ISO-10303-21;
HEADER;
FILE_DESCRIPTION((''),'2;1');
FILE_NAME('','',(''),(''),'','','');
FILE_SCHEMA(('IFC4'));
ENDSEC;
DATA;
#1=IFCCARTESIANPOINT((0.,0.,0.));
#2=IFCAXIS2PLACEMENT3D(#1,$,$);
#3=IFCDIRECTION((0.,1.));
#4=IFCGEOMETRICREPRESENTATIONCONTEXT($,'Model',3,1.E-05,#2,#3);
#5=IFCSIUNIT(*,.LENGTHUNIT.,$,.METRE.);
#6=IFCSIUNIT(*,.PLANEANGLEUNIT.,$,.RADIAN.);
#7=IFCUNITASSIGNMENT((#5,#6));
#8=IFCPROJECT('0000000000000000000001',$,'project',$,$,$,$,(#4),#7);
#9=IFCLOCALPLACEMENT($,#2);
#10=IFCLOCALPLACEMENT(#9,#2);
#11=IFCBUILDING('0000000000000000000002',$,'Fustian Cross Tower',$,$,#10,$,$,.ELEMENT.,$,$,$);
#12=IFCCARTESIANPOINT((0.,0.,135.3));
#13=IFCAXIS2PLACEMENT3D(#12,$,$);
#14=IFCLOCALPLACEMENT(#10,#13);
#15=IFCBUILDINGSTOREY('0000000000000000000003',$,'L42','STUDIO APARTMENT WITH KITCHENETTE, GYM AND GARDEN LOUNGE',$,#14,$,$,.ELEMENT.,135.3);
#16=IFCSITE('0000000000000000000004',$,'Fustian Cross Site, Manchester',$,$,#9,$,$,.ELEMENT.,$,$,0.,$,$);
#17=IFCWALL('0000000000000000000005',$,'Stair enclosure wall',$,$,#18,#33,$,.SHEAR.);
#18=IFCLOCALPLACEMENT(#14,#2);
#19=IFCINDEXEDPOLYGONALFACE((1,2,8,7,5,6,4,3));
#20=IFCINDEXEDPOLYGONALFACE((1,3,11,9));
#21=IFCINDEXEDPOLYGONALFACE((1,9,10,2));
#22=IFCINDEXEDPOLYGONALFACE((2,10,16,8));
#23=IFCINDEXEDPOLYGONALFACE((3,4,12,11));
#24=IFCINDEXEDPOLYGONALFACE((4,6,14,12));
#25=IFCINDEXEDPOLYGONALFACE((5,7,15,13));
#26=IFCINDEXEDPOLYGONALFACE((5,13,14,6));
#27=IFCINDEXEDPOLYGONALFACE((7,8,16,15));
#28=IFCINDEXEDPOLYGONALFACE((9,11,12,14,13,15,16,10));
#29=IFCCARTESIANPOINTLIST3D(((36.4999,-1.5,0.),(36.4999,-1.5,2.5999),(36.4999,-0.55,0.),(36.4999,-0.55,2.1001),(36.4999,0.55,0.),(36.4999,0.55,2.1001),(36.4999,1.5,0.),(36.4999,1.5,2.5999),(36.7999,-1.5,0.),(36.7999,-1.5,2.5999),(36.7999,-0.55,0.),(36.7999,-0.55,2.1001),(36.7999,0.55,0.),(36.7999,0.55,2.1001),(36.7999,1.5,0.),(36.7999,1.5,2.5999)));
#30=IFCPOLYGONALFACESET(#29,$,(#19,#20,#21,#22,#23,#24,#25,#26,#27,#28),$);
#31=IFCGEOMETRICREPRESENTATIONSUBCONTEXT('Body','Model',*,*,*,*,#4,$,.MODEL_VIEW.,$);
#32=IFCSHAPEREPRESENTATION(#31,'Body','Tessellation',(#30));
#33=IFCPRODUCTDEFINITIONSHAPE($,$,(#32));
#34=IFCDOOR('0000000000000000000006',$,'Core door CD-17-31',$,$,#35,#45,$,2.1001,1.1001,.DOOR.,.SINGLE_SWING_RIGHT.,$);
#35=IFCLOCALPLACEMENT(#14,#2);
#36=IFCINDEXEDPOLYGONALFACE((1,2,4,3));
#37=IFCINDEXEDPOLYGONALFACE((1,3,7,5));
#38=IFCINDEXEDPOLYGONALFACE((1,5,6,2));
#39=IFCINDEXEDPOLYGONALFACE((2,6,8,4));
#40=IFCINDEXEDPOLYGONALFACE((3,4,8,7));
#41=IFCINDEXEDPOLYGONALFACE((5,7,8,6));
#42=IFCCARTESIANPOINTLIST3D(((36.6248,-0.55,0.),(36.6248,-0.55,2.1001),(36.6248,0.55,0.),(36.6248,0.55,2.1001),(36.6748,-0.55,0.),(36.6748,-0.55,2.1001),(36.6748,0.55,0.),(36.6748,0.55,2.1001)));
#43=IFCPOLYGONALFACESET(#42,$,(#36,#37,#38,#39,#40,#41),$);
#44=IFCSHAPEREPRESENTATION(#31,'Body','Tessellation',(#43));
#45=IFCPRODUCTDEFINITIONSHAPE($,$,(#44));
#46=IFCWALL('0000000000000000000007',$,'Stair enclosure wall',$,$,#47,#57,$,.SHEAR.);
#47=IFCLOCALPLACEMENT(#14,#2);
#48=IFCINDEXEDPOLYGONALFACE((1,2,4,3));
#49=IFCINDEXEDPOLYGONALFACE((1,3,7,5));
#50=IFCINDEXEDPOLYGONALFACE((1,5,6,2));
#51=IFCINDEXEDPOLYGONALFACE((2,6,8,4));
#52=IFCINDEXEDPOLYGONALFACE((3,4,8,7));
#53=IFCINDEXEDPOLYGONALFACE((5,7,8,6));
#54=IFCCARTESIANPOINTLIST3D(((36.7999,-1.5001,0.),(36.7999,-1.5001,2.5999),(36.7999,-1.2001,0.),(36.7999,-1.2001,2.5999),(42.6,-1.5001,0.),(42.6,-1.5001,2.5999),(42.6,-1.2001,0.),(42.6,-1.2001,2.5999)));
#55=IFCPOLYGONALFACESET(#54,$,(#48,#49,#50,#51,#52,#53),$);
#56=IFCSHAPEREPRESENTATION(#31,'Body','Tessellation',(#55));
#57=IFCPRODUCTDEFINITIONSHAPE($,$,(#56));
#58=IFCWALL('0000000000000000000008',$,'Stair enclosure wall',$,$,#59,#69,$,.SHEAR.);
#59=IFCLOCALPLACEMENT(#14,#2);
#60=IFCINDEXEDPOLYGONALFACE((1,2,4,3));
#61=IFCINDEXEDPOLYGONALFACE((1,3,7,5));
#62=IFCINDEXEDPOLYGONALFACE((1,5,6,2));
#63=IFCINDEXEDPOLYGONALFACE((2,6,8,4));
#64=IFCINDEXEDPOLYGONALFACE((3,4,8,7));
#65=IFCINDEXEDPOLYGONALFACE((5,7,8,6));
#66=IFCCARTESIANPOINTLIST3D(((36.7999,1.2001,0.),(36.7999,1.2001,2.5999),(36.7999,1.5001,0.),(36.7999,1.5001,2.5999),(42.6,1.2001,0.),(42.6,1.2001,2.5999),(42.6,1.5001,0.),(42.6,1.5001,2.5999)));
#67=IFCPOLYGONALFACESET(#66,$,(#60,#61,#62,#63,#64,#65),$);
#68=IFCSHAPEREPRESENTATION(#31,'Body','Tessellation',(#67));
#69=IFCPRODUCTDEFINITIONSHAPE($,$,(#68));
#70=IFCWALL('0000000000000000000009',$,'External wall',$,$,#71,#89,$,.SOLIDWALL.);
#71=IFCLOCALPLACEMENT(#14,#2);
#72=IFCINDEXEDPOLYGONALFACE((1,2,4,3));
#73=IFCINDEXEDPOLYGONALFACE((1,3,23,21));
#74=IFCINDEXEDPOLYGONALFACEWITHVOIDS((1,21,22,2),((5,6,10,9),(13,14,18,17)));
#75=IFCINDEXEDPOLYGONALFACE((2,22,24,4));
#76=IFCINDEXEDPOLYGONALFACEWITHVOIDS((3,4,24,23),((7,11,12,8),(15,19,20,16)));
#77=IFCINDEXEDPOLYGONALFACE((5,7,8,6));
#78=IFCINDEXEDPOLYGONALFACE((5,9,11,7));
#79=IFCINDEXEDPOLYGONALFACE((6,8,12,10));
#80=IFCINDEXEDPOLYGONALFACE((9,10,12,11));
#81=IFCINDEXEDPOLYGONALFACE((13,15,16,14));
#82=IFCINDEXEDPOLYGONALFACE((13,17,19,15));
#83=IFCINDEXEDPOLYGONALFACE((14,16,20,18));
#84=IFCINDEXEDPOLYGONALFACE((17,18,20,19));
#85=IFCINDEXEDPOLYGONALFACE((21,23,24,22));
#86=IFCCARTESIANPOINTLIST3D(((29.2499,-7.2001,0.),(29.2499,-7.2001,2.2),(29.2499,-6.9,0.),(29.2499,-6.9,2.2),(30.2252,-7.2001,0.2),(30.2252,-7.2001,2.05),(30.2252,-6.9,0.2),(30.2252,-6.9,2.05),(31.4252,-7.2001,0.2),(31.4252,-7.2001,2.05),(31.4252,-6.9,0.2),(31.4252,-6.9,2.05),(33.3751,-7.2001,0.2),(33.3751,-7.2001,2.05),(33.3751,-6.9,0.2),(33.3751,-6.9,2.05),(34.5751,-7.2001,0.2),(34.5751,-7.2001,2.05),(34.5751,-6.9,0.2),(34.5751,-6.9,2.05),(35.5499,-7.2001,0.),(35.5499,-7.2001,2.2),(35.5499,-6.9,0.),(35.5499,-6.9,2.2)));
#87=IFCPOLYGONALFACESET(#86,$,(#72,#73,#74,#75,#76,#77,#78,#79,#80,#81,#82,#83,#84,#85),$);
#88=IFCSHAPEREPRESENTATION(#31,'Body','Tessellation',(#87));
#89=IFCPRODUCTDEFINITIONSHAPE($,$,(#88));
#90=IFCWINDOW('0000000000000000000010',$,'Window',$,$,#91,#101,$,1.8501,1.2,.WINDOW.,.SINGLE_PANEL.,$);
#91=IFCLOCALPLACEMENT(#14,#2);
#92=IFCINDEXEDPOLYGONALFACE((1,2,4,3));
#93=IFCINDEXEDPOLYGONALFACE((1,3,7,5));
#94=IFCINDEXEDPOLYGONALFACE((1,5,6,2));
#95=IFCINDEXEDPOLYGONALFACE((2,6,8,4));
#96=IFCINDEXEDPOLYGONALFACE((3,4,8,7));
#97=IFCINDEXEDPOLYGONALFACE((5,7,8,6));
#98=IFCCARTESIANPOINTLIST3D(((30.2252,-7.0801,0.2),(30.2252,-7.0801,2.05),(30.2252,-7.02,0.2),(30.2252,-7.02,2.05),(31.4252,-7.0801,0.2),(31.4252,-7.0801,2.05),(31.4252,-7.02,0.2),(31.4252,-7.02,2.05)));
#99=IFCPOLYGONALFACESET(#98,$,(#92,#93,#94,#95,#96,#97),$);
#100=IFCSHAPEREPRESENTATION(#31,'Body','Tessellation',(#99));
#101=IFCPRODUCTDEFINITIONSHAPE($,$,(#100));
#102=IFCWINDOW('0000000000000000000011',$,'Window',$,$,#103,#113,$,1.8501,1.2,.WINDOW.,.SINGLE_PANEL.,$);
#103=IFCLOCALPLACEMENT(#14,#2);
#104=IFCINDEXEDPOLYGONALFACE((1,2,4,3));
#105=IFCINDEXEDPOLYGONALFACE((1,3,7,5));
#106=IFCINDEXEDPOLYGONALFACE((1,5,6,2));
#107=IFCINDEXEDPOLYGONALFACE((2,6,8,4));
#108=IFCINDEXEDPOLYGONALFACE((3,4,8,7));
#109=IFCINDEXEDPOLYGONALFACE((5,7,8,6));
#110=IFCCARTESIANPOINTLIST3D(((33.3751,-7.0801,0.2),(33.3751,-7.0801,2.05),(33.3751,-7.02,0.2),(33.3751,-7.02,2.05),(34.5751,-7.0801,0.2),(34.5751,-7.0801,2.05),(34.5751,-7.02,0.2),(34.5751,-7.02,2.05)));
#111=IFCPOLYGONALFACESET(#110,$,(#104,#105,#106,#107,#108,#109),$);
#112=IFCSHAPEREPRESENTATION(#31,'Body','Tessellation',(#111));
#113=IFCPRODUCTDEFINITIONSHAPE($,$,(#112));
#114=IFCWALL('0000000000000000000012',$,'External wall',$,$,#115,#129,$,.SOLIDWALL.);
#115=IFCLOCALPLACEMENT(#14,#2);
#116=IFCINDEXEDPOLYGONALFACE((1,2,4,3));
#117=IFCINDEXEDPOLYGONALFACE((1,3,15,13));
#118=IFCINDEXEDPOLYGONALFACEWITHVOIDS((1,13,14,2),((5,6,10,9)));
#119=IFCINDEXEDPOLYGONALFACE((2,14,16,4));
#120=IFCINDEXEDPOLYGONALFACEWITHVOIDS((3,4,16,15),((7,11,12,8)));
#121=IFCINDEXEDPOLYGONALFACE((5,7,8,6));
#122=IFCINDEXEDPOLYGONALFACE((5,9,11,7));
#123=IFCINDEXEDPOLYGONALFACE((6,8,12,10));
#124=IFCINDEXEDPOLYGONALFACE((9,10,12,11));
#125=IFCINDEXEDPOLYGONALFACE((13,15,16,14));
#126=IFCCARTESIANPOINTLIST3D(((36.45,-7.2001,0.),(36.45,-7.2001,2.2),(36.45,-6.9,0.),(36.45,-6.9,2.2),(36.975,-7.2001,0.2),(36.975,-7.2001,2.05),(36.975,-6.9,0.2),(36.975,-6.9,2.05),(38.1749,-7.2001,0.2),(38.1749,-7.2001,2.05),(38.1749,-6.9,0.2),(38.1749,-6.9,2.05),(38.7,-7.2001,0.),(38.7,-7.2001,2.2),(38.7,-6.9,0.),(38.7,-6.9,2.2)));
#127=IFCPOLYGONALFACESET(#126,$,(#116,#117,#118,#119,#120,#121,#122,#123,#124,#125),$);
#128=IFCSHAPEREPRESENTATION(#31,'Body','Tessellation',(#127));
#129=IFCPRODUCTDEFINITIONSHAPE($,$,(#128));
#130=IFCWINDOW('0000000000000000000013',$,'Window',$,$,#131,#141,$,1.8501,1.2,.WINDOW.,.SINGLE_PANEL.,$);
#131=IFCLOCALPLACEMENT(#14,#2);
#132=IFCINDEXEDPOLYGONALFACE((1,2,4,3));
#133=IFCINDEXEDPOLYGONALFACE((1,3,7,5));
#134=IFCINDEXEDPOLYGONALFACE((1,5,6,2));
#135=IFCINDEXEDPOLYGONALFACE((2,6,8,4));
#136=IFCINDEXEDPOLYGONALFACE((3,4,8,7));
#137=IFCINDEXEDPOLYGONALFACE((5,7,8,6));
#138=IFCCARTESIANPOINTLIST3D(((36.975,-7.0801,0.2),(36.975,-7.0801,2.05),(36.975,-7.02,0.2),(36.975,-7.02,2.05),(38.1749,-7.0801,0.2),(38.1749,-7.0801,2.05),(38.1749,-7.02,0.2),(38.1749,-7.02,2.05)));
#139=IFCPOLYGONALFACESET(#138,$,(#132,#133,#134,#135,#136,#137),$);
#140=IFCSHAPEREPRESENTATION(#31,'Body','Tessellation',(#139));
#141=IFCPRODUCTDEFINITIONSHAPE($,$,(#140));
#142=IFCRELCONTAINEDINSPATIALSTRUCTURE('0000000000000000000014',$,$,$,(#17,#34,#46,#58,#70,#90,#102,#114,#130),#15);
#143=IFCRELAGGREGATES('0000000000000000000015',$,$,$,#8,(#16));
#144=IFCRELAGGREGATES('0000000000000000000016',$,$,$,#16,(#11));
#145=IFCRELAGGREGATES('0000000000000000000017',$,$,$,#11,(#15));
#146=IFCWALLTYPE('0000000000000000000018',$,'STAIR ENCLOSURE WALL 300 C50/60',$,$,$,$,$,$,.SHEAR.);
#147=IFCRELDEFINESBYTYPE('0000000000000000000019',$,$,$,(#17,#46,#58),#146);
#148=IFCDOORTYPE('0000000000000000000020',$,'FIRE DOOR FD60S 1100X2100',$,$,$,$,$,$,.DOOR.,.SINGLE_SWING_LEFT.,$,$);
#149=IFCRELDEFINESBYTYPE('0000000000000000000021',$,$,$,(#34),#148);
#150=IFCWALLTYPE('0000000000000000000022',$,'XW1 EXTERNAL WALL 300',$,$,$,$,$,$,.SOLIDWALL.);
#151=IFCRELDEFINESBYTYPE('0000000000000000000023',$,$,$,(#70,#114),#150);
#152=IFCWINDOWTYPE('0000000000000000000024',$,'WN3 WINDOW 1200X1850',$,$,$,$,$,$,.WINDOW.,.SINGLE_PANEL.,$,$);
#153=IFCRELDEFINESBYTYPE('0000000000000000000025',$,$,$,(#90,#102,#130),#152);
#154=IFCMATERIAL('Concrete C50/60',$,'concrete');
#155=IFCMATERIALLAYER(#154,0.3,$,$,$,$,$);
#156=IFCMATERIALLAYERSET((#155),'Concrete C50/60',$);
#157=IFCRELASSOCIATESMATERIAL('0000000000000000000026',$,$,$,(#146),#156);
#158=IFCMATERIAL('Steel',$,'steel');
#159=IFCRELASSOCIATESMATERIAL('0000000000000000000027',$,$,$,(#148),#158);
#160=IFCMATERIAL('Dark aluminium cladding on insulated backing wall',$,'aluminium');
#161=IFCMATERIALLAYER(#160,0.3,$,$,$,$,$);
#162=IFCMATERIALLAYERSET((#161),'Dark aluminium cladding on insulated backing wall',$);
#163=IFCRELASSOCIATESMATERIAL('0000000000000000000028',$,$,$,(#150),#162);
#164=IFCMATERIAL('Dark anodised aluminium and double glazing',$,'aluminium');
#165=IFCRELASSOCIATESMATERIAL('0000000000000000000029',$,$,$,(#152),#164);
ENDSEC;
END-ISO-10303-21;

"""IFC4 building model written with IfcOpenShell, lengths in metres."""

from ifc_helpers import new_model, si_unit, direction, frame, frame_2d, origin, place, context, subcontext, project, spatial, rectangle, extrude, material, layer, layer_set, type_object, element, fill, save


model = new_model("IFC4")

# Units and contexts
model_context = context("Model", 3, precision=1e-05, world=origin(), true_north=direction((0.0, 1.0)))
body_context = subcontext(model_context, "Body", "Model", "MODEL_VIEW")
ifc_project = project(units=[si_unit("LENGTHUNIT", "METRE"), si_unit("PLANEANGLEUNIT", "RADIAN")], contexts=[model_context])

# Site, building, storey
site_placement = place(None, origin())
site = spatial("IfcSite", under=ifc_project, at=site_placement, Name="Fustian Cross Site, Manchester", CompositionType="ELEMENT", RefElevation=0.0)
building_placement = place(site_placement, origin())
building = spatial("IfcBuilding", under=site, at=building_placement, Name="Fustian Cross Tower", CompositionType="ELEMENT")
storey_placement = place(building_placement, frame((0.0, 0.0, 135.3)))
storey = spatial("IfcBuildingStorey", under=building, at=storey_placement, Name="L42", Description="STUDIO APARTMENT WITH KITCHENETTE, GYM AND GARDEN LOUNGE", CompositionType="ELEMENT", Elevation=135.3)

# Wall, opening, door
ifc_material_1 = material(Name="Concrete C50/60", Category="concrete")
ifc_layer_1 = layer(ifc_material_1, 0.3)
ifc_layer_set_1 = layer_set([ifc_layer_1], Name="Concrete C50/60")
wall_type_1 = type_object("IfcWallType", Name="STAIR ENCLOSURE WALL 300 C50/60", PredefinedType="SHEAR", material=ifc_layer_set_1)
wall_1_placement = place(storey_placement, frame((36.6499, -1.5, 0.0), z_axis=(0.0, 0.0, 1.0), x_axis=(0.0, 1.0, 0.0)))
wall_1 = element("IfcWall", 1, at=wall_1_placement, inside=storey, type_object=wall_type_1, Name="Stair enclosure wall", PredefinedType="SHEAR", context=body_context, shape_type="SweptSolid", body=[
    extrude(rectangle(XDim=3.0, YDim=0.3, at=frame_2d((1.5, 0.0))), origin(), (0.0, 0.0, 1.0), 2.5999),
])
opening_1_placement = place(wall_1_placement, frame((0.95, 0.0, 0.0)))
opening_1 = element("IfcOpeningElement", 2, at=opening_1_placement, cuts=wall_1, PredefinedType="OPENING", context=body_context, shape_type="SweptSolid", body=[
    extrude(rectangle(XDim=1.1001, YDim=2.1001, at=frame_2d((0.55, 1.05))), frame((0.0, 0.1599, 0.0), z_axis=(0.0, -1.0, 0.0), x_axis=(1.0, 0.0, 0.0)), (0.0, 0.0, 1.0), 0.3201),
])
ifc_material_2 = material(Name="Steel", Category="steel")
door_type_1 = type_object("IfcDoorType", Name="FIRE DOOR FD60S 1100X2100", OperationType="SINGLE_SWING_LEFT", PredefinedType="DOOR", material=ifc_material_2)
door_1_placement = place(opening_1_placement, frame((1.1001, 0.0, 0.0), z_axis=(0.0, 0.0, 1.0), x_axis=(-1.0, 0.0, 0.0)))
door_1 = element("IfcDoor", 3, at=door_1_placement, inside=storey, type_object=door_type_1, Name="Core door CD-17-31", OperationType="SINGLE_SWING_RIGHT", OverallHeight=2.1001, OverallWidth=1.1001, PredefinedType="DOOR", context=body_context, shape_type="SweptSolid", body=[
    extrude(rectangle(XDim=1.1001, YDim=2.1001, at=frame_2d((0.55, 1.05))), frame((0.0, 0.0249, 0.0), z_axis=(0.0, -1.0, 0.0), x_axis=(1.0, 0.0, 0.0)), (0.0, 0.0, 1.0), 0.05),
])
fill(opening_1, door_1)

# Walls
for number, where, z_axis, x_axis, name in (
    (4, (36.8, -1.3501, 0.0), (0.0, 0.0, 1.0), (1.0, 0.0, 0.0), "Stair enclosure wall"),
    (5, (36.8, 1.3501, 0.0), (0.0, 0.0, 1.0), (1.0, 0.0, 0.0), "Stair enclosure wall"),
):
    element("IfcWall", number, at=place(storey_placement, frame(where, z_axis=z_axis, x_axis=x_axis)), inside=storey, type_object=wall_type_1, Name=name, PredefinedType="SHEAR", context=body_context, shape_type="SweptSolid", body=[
        extrude(rectangle(XDim=5.8, YDim=0.3, at=frame_2d((2.8999, 0.0))), origin(), (0.0, 0.0, 1.0), 2.5999),
    ])

# Wall, openings, windows
ifc_material_3 = material(Name="Dark aluminium cladding on insulated backing wall", Category="aluminium")
ifc_layer_2 = layer(ifc_material_3, 0.3)
ifc_layer_set_2 = layer_set([ifc_layer_2], Name="Dark aluminium cladding on insulated backing wall")
wall_type_2 = type_object("IfcWallType", Name="XW1 EXTERNAL WALL 300", PredefinedType="SOLIDWALL", material=ifc_layer_set_2)
wall_2_placement = place(storey_placement, frame((29.25, -7.05, 0.0), z_axis=(0.0, 0.0, 1.0), x_axis=(1.0, 0.0, 0.0)))
wall_2 = element("IfcWall", 6, at=wall_2_placement, inside=storey, type_object=wall_type_2, Name="External wall", PredefinedType="SOLIDWALL", context=body_context, shape_type="SweptSolid", body=[
    extrude(rectangle(XDim=6.3, YDim=0.3, at=frame_2d((3.1499, 0.0))), origin(), (0.0, 0.0, 1.0), 2.2),
])
opening_2_placement = place(wall_2_placement, frame((0.9751, 0.0, 0.2)))
opening_2 = element("IfcOpeningElement", 7, at=opening_2_placement, cuts=wall_2, PredefinedType="OPENING", context=body_context, shape_type="SweptSolid", body=[
    extrude(rectangle(XDim=1.2, YDim=1.8501, at=frame_2d((0.6001, 0.925))), frame((0.0, 0.1599, 0.0), z_axis=(0.0, -1.0, 0.0), x_axis=(1.0, 0.0, 0.0)), (0.0, 0.0, 1.0), 0.3201),
])
opening_3_placement = place(wall_2_placement, frame((4.125, 0.0, 0.2)))
opening_3 = element("IfcOpeningElement", 8, at=opening_3_placement, cuts=wall_2, PredefinedType="OPENING", context=body_context, shape_type="SweptSolid", body=[
    extrude(rectangle(XDim=1.2, YDim=1.8501, at=frame_2d((0.6001, 0.925))), frame((0.0, 0.1599, 0.0), z_axis=(0.0, -1.0, 0.0), x_axis=(1.0, 0.0, 0.0)), (0.0, 0.0, 1.0), 0.3201),
])
ifc_material_4 = material(Name="Dark anodised aluminium and double glazing", Category="aluminium")
window_type_1 = type_object("IfcWindowType", Name="WN3 WINDOW 1200X1850", PartitioningType="SINGLE_PANEL", PredefinedType="WINDOW", material=ifc_material_4)
window_1_placement = place(opening_2_placement, origin())
window_1 = element("IfcWindow", 9, at=window_1_placement, inside=storey, type_object=window_type_1, Name="Window", OverallHeight=1.8501, OverallWidth=1.2, PartitioningType="SINGLE_PANEL", PredefinedType="WINDOW", context=body_context, shape_type="SweptSolid", body=[
    extrude(rectangle(XDim=1.2, YDim=1.8501, at=frame_2d((0.6001, 0.925))), frame((0.0, 0.03, 0.0), z_axis=(0.0, -1.0, 0.0), x_axis=(1.0, 0.0, 0.0)), (0.0, 0.0, 1.0), 0.0601),
])
fill(opening_2, window_1)
window_2_placement = place(opening_3_placement, origin())
window_2 = element("IfcWindow", 10, at=window_2_placement, inside=storey, type_object=window_type_1, Name="Window", OverallHeight=1.8501, OverallWidth=1.2, PartitioningType="SINGLE_PANEL", PredefinedType="WINDOW", context=body_context, shape_type="SweptSolid", body=[
    extrude(rectangle(XDim=1.2, YDim=1.8501, at=frame_2d((0.6001, 0.925))), frame((0.0, 0.03, 0.0), z_axis=(0.0, -1.0, 0.0), x_axis=(1.0, 0.0, 0.0)), (0.0, 0.0, 1.0), 0.0601),
])
fill(opening_3, window_2)

# Wall, opening, window
wall_3_placement = place(storey_placement, frame((36.45, -7.05, 0.0), z_axis=(0.0, 0.0, 1.0), x_axis=(1.0, 0.0, 0.0)))
wall_3 = element("IfcWall", 11, at=wall_3_placement, inside=storey, type_object=wall_type_2, Name="External wall", PredefinedType="SOLIDWALL", context=body_context, shape_type="SweptSolid", body=[
    extrude(rectangle(XDim=2.25, YDim=0.3, at=frame_2d((1.125, 0.0))), origin(), (0.0, 0.0, 1.0), 2.2),
])
opening_4_placement = place(wall_3_placement, frame((0.5249, 0.0, 0.2)))
opening_4 = element("IfcOpeningElement", 12, at=opening_4_placement, cuts=wall_3, PredefinedType="OPENING", context=body_context, shape_type="SweptSolid", body=[
    extrude(rectangle(XDim=1.2, YDim=1.8501, at=frame_2d((0.6001, 0.925))), frame((0.0, 0.1599, 0.0), z_axis=(0.0, -1.0, 0.0), x_axis=(1.0, 0.0, 0.0)), (0.0, 0.0, 1.0), 0.3201),
])
window_3_placement = place(opening_4_placement, origin())
window_3 = element("IfcWindow", 13, at=window_3_placement, inside=storey, type_object=window_type_1, Name="Window", OverallHeight=1.8501, OverallWidth=1.2, PartitioningType="SINGLE_PANEL", PredefinedType="WINDOW", context=body_context, shape_type="SweptSolid", body=[
    extrude(rectangle(XDim=1.2, YDim=1.8501, at=frame_2d((0.6001, 0.925))), frame((0.0, 0.03, 0.0), z_axis=(0.0, -1.0, 0.0), x_axis=(1.0, 0.0, 0.0)), (0.0, 0.0, 1.0), 0.0601),
])
fill(opening_4, window_3)

save(model, "model.ifc")
